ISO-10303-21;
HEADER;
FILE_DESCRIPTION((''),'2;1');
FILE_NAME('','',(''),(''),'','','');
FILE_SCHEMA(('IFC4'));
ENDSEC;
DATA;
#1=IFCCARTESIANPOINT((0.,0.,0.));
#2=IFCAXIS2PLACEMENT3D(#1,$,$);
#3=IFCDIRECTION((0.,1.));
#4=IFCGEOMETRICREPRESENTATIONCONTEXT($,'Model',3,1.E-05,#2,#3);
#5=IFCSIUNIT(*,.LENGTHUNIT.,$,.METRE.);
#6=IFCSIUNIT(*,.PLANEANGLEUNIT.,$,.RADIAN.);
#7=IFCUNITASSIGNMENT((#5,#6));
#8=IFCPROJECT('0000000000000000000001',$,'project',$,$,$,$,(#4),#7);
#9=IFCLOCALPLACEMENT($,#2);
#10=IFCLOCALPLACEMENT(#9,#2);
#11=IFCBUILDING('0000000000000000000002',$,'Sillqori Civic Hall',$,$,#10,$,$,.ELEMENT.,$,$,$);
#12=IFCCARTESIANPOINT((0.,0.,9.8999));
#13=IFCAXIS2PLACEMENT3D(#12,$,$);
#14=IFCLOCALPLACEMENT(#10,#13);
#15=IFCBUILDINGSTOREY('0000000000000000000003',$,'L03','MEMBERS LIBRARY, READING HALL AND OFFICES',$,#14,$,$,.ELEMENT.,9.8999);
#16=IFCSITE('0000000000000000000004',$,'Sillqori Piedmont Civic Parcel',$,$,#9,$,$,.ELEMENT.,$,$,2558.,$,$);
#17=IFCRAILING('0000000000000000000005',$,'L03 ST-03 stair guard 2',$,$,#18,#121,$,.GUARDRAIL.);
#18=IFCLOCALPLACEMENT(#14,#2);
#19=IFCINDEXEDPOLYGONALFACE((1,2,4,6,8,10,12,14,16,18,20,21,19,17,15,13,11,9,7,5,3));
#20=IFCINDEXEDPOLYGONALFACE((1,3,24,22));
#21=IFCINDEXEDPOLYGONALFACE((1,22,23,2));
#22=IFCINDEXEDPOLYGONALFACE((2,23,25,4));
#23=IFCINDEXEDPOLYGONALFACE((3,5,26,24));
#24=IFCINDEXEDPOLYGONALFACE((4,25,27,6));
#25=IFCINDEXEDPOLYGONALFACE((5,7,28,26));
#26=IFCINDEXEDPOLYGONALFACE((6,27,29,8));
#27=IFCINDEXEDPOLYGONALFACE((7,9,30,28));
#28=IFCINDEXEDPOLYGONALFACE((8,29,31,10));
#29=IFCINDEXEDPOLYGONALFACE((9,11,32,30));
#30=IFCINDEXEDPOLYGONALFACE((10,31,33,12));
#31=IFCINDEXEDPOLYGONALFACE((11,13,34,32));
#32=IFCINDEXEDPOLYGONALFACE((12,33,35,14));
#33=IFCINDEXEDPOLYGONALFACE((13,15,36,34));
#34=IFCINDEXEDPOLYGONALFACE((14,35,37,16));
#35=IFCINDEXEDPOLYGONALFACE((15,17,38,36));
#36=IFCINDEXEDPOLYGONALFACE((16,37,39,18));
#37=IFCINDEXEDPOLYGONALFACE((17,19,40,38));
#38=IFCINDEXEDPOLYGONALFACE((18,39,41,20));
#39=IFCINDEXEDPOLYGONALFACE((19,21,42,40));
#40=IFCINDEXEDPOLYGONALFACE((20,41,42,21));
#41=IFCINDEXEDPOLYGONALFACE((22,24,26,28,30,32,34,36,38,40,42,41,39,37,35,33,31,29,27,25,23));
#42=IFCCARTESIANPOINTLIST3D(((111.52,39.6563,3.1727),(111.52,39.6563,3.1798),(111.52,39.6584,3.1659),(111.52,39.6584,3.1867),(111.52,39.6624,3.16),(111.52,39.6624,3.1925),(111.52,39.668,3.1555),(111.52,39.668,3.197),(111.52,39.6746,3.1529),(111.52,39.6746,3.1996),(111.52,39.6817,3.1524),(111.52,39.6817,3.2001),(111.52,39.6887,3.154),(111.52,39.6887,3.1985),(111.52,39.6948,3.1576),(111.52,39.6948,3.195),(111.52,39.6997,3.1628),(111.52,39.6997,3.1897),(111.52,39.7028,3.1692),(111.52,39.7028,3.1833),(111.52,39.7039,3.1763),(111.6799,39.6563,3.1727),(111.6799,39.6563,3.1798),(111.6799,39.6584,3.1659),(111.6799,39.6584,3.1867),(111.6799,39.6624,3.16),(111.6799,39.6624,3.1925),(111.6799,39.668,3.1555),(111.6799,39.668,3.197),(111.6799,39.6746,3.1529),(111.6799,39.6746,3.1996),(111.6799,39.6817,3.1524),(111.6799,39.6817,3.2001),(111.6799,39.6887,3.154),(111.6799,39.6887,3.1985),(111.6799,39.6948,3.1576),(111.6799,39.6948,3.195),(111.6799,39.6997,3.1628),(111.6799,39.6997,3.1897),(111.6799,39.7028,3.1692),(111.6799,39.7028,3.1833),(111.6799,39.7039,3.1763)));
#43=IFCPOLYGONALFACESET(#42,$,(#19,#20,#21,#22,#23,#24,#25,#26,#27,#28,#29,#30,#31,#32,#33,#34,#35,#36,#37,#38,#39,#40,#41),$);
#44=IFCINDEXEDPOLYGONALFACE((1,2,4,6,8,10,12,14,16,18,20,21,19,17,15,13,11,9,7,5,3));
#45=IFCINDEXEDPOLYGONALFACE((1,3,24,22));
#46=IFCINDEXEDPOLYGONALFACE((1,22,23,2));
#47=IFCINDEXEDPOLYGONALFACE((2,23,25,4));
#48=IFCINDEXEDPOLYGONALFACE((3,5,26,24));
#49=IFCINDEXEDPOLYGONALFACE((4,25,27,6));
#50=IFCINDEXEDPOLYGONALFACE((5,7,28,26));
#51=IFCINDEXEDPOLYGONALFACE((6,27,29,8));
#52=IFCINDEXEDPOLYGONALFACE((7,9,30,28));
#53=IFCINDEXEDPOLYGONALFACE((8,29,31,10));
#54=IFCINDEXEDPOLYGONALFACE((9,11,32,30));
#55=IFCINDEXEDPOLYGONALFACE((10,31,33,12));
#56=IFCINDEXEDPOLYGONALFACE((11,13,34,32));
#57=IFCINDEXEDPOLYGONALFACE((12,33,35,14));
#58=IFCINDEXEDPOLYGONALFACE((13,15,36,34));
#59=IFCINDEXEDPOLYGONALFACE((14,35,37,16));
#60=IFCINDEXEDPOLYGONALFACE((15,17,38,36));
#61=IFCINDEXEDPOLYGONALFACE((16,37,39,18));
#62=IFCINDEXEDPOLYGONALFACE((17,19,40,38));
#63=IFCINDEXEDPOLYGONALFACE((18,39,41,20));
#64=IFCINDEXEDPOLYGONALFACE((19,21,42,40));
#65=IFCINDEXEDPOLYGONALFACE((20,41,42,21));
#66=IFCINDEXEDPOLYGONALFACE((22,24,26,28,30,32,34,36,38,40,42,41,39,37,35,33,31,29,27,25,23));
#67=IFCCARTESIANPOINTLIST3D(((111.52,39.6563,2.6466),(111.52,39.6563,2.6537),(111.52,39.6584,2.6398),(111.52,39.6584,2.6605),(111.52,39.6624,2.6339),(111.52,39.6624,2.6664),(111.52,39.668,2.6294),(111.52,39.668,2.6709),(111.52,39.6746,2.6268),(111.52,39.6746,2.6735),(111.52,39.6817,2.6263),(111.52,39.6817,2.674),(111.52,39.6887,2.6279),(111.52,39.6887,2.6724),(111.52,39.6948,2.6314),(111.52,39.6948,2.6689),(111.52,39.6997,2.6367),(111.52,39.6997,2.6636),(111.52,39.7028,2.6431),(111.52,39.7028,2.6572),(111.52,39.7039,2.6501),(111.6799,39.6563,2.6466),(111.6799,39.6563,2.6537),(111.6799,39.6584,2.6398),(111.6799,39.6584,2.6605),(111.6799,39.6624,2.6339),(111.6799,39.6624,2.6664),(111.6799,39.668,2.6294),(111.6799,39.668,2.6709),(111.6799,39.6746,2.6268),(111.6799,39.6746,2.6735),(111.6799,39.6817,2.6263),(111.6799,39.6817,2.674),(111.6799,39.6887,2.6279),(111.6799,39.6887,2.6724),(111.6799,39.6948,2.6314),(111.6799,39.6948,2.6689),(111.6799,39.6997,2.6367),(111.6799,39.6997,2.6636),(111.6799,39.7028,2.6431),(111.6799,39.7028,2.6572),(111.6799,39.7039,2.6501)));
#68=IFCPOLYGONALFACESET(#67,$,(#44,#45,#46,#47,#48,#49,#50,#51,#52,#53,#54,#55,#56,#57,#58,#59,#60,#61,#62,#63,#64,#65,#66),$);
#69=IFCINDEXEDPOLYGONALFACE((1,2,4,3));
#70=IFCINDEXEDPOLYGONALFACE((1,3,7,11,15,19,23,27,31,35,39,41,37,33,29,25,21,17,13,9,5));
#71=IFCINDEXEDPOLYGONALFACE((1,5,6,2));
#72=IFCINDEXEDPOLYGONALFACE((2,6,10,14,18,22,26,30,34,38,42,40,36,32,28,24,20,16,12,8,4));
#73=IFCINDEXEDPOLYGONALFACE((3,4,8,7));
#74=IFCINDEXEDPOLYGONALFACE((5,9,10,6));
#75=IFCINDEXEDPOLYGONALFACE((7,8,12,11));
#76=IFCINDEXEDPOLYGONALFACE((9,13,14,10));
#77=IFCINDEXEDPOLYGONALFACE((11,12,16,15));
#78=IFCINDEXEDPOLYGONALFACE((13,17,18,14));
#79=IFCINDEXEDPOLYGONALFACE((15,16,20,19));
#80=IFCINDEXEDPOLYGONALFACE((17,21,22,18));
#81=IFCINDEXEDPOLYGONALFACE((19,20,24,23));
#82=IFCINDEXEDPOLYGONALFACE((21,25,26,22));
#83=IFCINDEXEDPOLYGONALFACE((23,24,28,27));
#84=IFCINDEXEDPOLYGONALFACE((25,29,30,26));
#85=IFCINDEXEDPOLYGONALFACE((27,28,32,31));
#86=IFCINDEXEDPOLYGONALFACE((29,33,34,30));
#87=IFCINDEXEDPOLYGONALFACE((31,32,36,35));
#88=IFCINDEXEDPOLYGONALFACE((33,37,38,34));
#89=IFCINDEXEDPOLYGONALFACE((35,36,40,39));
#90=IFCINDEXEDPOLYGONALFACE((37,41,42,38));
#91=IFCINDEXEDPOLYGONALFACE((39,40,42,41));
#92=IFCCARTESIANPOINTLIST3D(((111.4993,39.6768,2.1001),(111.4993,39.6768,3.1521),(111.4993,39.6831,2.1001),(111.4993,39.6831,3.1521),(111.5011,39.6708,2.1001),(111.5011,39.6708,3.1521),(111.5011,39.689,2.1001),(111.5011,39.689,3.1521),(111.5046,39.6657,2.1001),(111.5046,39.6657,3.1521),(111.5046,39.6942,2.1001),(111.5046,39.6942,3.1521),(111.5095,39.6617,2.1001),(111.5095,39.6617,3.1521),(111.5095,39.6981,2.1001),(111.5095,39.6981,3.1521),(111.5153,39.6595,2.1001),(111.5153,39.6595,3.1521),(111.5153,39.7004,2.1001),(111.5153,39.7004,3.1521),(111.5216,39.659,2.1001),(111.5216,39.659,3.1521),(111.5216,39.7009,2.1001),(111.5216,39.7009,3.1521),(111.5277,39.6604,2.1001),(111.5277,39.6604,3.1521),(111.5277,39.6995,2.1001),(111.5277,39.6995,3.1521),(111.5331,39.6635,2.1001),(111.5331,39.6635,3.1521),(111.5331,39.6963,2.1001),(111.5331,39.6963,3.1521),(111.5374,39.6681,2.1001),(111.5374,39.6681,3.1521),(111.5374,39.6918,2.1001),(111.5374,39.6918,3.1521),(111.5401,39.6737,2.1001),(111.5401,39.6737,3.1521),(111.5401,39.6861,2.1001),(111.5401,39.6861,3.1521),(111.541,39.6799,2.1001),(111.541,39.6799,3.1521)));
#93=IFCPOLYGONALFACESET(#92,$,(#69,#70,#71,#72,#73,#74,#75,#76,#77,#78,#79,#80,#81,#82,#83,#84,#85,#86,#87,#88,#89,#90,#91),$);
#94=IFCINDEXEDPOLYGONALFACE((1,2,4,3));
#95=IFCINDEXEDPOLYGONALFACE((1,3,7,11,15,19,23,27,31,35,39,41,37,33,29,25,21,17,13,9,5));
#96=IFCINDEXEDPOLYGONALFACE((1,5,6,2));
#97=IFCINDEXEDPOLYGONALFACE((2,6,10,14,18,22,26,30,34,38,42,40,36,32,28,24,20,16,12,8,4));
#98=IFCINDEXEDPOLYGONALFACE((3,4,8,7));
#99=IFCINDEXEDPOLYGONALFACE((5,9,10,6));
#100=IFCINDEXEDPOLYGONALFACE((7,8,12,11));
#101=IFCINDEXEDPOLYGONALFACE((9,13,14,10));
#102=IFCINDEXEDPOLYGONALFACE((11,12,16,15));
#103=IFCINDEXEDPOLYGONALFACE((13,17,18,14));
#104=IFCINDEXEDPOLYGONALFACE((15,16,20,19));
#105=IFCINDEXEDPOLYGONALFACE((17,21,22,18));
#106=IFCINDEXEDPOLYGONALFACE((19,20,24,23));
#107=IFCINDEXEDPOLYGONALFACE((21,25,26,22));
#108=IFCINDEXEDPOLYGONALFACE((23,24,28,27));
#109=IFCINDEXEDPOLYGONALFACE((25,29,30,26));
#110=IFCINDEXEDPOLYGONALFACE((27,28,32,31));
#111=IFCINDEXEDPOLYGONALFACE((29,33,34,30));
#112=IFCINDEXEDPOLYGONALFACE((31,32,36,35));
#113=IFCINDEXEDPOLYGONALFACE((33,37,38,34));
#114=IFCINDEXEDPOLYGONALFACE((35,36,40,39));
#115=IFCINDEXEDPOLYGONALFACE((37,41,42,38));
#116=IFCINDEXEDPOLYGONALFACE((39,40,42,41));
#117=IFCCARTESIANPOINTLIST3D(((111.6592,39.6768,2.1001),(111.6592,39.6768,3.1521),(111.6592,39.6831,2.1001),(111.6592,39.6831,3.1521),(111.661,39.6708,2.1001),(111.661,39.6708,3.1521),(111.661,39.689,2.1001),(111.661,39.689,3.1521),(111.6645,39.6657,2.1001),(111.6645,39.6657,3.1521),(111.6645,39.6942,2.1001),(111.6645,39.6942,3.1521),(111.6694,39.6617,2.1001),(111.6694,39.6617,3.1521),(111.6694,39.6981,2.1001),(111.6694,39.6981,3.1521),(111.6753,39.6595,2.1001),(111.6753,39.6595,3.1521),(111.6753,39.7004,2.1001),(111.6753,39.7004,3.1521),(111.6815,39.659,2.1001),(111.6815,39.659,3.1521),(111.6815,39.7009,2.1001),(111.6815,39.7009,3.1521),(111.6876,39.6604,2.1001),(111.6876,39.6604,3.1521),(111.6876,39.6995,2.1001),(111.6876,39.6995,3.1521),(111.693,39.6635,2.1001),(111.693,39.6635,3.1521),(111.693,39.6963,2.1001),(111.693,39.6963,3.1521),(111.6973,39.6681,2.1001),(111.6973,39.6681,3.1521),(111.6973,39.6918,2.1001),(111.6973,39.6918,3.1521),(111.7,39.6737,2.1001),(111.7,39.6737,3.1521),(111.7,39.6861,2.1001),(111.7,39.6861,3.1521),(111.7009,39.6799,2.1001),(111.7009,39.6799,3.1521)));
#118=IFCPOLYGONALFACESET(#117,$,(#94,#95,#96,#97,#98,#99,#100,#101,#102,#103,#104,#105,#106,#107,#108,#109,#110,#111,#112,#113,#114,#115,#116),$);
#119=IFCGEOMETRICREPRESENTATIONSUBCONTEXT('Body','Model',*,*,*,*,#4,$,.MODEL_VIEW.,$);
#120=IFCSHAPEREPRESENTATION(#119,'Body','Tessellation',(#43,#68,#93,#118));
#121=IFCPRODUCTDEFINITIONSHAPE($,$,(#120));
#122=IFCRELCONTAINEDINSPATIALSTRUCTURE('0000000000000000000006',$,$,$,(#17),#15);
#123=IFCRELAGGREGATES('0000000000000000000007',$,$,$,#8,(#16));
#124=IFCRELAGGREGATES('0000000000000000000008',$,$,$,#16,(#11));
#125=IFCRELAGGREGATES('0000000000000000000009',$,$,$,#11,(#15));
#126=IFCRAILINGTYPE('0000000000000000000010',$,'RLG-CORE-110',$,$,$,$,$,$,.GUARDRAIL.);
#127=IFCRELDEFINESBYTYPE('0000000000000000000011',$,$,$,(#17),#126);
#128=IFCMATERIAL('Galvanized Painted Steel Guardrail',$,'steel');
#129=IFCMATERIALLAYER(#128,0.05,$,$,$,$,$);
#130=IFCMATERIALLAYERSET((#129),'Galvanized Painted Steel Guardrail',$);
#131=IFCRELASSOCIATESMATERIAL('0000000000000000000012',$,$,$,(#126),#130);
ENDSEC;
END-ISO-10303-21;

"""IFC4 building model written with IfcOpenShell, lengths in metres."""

from ifc_helpers import new_model, si_unit, direction, frame, origin, origin_2d, place, context, subcontext, project, spatial, circle, extrude, material, layer, layer_set, type_object, element, save


model = new_model("IFC4")

# Units and contexts
model_context = context("Model", 3, precision=1e-05, world=origin(), true_north=direction((0.0, 1.0)))
body_context = subcontext(model_context, "Body", "Model", "MODEL_VIEW")
ifc_project = project(units=[si_unit("LENGTHUNIT", "METRE"), si_unit("PLANEANGLEUNIT", "RADIAN")], contexts=[model_context])

# Site, building, storey
site_placement = place(None, origin())
site = spatial("IfcSite", under=ifc_project, at=site_placement, Name="Sillqori Piedmont Civic Parcel", CompositionType="ELEMENT", RefElevation=2558.0)
building_placement = place(site_placement, origin())
building = spatial("IfcBuilding", under=site, at=building_placement, Name="Sillqori Civic Hall", CompositionType="ELEMENT")
storey_placement = place(building_placement, frame((0.0, 0.0, 9.8999)))
storey = spatial("IfcBuildingStorey", under=building, at=storey_placement, Name="L03", Description="MEMBERS LIBRARY, READING HALL AND OFFICES", CompositionType="ELEMENT", Elevation=9.8999)

# Railing
ifc_material_1 = material(Name="Galvanized Painted Steel Guardrail", Category="steel")
ifc_layer_1 = layer(ifc_material_1, 0.05)
ifc_layer_set_1 = layer_set([ifc_layer_1], Name="Galvanized Painted Steel Guardrail")
railing_type_1 = type_object("IfcRailingType", Name="RLG-CORE-110", PredefinedType="GUARDRAIL", material=ifc_layer_set_1)
railing_1_placement = place(storey_placement, frame((111.52, 39.6799, 2.1001)))
element("IfcRailing", 1, at=railing_1_placement, inside=storey, type_object=railing_type_1, Name="L03 ST-03 stair guard 2", PredefinedType="GUARDRAIL", context=body_context, shape_type="SweptSolid", body=[
    extrude(circle(Radius=0.0239, at=origin_2d()), frame((0.0, 0.0, 1.0762), z_axis=(1.0, 0.0, 0.0), x_axis=(0.0, 1.0, 0.0)), (0.0, 0.0, 1.0), 0.1599),
    extrude(circle(Radius=0.0239, at=origin_2d()), frame((0.0, 0.0, 0.55), z_axis=(1.0, 0.0, 0.0), x_axis=(0.0, 1.0, 0.0)), (0.0, 0.0, 1.0), 0.1599),
    extrude(circle(Radius=0.021, at=origin_2d()), origin(), (0.0, 0.0, 1.0), 1.052),
    extrude(circle(Radius=0.021, at=origin_2d()), frame((0.1599, 0.0, 0.0)), (0.0, 0.0, 1.0), 1.052),
])

save(model, "model.ifc")
